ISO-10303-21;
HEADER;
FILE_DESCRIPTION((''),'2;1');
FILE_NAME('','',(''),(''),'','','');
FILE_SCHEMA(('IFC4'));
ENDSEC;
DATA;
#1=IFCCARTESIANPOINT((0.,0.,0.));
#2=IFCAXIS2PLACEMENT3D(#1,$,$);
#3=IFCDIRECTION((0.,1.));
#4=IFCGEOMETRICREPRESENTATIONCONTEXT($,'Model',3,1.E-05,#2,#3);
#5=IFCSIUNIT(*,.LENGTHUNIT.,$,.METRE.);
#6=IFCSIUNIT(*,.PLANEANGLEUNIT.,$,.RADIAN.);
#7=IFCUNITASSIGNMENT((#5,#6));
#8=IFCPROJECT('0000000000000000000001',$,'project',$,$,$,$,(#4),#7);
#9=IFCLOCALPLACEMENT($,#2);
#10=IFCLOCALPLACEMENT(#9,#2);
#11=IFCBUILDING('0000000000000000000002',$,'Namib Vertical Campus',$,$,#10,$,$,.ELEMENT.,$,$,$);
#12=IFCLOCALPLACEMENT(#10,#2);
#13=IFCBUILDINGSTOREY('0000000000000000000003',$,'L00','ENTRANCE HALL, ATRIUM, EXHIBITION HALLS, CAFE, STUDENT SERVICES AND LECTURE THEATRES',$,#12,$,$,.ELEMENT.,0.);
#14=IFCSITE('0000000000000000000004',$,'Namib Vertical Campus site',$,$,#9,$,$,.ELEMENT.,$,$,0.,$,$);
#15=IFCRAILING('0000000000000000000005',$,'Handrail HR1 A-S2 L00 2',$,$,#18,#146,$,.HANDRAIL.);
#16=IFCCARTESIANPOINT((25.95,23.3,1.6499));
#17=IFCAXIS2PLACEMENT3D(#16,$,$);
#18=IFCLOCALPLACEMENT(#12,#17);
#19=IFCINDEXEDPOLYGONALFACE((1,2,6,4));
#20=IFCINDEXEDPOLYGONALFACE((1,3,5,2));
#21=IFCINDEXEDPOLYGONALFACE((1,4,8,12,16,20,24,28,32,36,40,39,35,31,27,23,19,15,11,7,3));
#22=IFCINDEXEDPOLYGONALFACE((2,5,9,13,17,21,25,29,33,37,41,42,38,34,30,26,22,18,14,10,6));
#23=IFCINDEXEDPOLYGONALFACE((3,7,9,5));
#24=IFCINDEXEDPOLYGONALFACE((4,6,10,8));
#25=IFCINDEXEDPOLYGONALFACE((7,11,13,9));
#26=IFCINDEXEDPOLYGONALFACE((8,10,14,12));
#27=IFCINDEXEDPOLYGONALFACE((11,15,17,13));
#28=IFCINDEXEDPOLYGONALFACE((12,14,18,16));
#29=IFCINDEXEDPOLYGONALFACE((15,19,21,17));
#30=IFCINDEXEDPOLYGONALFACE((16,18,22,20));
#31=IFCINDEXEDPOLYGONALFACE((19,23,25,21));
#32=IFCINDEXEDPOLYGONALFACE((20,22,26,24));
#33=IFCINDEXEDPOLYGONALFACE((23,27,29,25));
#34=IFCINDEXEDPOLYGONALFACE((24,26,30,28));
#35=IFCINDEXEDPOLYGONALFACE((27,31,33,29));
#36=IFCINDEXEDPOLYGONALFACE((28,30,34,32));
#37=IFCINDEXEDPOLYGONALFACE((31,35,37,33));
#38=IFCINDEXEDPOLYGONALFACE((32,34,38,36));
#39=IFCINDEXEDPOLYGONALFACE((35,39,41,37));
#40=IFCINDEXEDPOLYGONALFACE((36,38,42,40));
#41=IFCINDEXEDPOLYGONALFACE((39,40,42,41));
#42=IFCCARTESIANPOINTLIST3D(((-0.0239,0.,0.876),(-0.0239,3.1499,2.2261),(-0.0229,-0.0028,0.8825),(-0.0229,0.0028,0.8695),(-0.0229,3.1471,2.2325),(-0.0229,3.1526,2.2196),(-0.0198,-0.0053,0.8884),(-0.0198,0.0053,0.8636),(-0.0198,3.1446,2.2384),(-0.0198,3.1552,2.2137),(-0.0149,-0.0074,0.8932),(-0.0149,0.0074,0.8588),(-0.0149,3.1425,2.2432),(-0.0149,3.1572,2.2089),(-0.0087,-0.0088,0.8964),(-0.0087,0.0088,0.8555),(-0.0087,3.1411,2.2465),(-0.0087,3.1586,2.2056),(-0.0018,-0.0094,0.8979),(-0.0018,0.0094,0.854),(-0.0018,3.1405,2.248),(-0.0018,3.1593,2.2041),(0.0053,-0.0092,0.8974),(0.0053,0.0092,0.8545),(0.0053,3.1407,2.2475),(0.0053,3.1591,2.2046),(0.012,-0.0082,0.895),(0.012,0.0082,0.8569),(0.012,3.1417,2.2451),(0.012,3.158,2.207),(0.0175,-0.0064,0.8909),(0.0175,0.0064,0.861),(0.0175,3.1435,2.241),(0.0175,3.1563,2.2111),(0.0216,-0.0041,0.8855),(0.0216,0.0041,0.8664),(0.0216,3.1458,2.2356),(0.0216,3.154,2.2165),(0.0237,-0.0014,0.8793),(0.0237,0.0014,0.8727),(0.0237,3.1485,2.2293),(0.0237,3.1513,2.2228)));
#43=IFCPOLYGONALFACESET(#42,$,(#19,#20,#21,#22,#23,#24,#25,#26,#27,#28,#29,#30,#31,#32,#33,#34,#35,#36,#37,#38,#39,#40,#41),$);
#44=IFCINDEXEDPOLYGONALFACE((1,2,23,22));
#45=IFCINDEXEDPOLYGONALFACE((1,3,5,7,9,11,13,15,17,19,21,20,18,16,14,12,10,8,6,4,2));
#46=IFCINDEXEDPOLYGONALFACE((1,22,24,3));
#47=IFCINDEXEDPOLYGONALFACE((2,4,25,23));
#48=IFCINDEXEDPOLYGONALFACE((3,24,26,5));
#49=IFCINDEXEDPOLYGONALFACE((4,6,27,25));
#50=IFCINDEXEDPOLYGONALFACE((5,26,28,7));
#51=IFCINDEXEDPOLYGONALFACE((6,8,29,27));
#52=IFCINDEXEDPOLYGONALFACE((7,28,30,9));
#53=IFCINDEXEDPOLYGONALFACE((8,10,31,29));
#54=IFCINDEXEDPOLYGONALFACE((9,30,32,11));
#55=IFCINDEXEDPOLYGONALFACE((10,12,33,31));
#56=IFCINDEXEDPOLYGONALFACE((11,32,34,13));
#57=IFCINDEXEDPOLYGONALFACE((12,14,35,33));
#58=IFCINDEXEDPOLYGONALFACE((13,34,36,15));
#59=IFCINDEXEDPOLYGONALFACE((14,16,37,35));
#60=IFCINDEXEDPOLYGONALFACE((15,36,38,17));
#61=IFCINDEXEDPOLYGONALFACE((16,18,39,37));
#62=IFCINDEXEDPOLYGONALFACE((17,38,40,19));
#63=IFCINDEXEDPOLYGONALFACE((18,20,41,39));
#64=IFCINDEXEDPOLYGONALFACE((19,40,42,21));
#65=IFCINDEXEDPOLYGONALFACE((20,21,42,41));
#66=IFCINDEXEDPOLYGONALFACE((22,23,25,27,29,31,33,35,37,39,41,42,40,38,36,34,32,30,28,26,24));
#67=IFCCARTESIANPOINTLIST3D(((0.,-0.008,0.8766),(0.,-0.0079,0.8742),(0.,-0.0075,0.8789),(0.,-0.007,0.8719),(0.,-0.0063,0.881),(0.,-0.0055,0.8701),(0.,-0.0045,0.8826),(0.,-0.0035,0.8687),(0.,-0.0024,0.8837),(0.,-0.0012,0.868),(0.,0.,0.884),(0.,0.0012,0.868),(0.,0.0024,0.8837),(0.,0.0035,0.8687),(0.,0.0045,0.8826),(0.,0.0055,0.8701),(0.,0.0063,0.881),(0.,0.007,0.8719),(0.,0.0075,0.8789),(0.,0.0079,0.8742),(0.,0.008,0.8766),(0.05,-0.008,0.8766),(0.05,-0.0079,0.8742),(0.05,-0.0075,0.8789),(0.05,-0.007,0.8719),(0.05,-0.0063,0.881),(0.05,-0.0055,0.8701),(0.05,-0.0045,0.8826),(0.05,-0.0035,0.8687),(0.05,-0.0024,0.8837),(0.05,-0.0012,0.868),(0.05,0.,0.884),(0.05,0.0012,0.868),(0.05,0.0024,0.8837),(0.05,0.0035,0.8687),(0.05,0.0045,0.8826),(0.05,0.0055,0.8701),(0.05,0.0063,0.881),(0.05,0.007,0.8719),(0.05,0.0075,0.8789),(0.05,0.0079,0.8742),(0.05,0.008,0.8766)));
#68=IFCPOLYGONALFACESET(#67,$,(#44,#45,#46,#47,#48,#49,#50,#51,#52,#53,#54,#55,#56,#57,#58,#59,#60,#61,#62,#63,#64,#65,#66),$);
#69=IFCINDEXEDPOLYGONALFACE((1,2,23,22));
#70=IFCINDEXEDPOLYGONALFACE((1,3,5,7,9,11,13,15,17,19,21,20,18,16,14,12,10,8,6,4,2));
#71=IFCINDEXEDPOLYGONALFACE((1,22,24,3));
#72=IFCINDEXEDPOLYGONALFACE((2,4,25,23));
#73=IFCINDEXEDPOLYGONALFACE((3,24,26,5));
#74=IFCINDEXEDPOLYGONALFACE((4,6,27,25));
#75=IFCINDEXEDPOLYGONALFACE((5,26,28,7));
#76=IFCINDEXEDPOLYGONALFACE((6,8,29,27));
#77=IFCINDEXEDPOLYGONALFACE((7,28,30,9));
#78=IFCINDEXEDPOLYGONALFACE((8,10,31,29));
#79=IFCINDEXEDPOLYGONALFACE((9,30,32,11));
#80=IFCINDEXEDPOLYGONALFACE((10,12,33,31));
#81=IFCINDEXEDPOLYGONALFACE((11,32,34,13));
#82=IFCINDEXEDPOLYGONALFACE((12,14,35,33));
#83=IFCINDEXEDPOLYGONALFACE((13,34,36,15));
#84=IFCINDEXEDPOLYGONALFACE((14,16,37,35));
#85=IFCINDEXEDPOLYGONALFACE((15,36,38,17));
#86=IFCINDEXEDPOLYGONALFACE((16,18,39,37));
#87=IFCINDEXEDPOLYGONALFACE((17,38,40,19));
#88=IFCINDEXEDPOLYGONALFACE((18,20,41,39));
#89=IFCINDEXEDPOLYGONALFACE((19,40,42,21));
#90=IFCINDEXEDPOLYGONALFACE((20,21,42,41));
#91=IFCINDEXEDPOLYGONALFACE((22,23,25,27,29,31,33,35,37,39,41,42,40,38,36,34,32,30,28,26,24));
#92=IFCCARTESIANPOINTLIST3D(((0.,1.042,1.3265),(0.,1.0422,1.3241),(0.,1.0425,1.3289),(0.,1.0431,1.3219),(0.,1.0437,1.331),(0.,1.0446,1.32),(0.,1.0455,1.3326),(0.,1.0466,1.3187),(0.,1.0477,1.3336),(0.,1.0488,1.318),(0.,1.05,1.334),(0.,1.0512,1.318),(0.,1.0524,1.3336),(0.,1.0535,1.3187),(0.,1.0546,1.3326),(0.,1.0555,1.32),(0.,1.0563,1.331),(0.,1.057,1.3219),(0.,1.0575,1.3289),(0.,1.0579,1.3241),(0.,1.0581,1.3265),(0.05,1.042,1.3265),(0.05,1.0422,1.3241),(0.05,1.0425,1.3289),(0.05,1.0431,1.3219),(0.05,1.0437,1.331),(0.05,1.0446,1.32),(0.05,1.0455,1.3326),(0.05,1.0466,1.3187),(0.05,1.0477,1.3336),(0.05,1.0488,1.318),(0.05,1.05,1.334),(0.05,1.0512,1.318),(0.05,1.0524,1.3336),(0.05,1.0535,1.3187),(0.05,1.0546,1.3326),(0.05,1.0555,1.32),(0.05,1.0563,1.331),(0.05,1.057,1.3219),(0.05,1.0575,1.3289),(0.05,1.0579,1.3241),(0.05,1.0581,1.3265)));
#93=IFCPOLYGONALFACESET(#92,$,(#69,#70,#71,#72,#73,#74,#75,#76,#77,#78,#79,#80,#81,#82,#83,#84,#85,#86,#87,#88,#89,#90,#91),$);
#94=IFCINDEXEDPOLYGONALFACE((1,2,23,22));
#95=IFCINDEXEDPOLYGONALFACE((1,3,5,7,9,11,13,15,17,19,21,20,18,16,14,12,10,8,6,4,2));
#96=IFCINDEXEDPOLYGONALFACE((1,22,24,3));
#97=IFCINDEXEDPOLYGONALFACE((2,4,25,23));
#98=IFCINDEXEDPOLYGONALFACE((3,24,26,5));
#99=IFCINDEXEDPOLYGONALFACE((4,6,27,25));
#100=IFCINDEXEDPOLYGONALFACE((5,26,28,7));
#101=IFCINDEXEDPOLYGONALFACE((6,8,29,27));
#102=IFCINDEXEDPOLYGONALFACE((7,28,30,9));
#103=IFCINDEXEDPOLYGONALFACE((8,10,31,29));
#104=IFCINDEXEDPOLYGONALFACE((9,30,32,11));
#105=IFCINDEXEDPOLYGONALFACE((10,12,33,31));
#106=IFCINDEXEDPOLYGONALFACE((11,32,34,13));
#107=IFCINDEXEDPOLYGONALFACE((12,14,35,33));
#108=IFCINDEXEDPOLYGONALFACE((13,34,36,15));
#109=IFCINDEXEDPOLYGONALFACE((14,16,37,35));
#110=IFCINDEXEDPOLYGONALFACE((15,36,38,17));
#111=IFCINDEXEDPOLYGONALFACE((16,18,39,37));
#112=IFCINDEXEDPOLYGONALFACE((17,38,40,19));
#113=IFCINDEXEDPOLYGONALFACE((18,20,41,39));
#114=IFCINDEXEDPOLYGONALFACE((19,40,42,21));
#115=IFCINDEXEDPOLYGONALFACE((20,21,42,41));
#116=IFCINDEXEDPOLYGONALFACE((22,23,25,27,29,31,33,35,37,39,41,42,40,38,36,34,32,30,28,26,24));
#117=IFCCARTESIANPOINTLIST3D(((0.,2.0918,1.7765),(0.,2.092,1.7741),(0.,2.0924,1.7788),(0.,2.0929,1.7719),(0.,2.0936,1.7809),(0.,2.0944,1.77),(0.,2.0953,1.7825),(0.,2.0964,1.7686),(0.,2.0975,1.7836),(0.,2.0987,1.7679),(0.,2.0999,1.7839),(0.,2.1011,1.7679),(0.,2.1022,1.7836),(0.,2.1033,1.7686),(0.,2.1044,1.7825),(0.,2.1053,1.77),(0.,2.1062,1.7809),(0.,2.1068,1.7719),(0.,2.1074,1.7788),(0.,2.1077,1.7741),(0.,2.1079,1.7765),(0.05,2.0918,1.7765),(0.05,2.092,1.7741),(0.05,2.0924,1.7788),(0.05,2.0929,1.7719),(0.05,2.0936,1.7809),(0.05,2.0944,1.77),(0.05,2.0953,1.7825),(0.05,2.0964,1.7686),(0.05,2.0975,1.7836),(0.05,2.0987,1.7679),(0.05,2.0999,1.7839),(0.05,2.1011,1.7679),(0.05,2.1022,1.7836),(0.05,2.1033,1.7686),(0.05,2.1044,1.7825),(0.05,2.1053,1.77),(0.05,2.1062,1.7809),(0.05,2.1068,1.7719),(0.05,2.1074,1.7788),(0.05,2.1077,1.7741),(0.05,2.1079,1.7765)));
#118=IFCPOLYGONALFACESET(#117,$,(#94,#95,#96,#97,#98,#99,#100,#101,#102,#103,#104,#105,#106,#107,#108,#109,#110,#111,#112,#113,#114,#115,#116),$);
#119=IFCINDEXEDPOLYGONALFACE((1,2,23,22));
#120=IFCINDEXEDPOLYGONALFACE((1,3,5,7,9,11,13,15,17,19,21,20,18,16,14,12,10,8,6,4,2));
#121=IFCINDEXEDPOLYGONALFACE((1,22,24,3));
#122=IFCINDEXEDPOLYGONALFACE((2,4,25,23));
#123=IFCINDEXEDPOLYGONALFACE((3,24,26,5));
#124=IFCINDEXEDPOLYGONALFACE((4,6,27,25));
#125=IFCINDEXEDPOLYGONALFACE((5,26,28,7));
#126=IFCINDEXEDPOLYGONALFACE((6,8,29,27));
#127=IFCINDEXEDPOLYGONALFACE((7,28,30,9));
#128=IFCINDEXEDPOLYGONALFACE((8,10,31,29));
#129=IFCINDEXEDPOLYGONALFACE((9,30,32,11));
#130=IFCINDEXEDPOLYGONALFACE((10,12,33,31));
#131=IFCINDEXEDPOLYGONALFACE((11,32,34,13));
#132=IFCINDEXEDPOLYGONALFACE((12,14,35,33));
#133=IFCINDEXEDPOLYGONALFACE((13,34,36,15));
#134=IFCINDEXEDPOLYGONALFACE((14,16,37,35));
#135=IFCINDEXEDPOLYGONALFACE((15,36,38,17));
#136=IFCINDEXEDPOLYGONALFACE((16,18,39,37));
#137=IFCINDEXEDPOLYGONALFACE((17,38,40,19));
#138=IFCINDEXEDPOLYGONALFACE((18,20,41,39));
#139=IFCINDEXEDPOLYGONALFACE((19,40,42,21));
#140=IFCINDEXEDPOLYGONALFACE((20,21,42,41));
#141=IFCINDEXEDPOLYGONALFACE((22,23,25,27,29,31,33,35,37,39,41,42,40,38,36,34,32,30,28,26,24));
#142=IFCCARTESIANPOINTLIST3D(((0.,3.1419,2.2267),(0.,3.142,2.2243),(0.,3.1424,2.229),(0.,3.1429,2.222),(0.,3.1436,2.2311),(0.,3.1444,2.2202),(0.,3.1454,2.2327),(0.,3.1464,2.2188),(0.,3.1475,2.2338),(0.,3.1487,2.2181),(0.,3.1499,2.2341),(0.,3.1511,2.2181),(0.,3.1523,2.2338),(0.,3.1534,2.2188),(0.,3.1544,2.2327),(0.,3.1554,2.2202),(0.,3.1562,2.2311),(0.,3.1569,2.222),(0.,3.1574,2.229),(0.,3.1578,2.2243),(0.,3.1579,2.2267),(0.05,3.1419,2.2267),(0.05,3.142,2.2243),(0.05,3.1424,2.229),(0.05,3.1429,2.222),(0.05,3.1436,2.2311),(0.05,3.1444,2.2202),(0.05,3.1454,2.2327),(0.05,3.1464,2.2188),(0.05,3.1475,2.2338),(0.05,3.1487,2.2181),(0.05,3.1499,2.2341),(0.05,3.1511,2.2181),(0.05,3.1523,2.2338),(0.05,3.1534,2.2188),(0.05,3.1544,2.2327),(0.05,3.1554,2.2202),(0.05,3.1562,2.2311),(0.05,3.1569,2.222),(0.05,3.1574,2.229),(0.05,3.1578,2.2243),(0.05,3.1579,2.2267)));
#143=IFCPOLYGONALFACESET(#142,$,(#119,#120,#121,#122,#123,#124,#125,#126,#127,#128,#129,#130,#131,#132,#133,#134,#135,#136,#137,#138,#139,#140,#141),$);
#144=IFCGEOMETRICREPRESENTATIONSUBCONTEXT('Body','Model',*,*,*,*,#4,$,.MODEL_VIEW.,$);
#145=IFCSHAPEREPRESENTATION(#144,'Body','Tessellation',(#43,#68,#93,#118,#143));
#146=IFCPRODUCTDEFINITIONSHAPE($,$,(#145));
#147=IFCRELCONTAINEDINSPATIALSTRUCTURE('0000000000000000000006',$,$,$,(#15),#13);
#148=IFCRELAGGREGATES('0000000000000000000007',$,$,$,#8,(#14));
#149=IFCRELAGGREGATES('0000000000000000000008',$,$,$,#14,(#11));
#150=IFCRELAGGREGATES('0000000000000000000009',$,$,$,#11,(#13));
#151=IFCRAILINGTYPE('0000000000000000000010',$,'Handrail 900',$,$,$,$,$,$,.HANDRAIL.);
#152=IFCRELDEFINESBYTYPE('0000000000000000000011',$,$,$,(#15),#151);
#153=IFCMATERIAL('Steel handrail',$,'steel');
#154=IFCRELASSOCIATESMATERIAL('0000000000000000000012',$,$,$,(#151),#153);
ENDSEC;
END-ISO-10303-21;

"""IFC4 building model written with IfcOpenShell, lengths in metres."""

from ifc_helpers import new_model, si_unit, direction, frame, origin, origin_2d, place, context, subcontext, project, spatial, circle, extrude, material, type_object, element, save


model = new_model("IFC4")

# Units and contexts
model_context = context("Model", 3, precision=1e-05, world=origin(), true_north=direction((0.0, 1.0)))
body_context = subcontext(model_context, "Body", "Model", "MODEL_VIEW")
ifc_project = project(units=[si_unit("LENGTHUNIT", "METRE"), si_unit("PLANEANGLEUNIT", "RADIAN")], contexts=[model_context])

# Site, building, storey
site_placement = place(None, origin())
site = spatial("IfcSite", under=ifc_project, at=site_placement, Name="Namib Vertical Campus site", CompositionType="ELEMENT", RefElevation=0.0)
building_placement = place(site_placement, origin())
building = spatial("IfcBuilding", under=site, at=building_placement, Name="Namib Vertical Campus", CompositionType="ELEMENT")
storey_placement = place(building_placement, origin())
storey = spatial("IfcBuildingStorey", under=building, at=storey_placement, Name="L00", Description="ENTRANCE HALL, ATRIUM, EXHIBITION HALLS, CAFE, STUDENT SERVICES AND LECTURE THEATRES", CompositionType="ELEMENT", Elevation=0.0)

# Railing
ifc_material_1 = material(Name="Steel handrail", Category="steel")
railing_type_1 = type_object("IfcRailingType", Name="Handrail 900", PredefinedType="HANDRAIL", material=ifc_material_1)
railing_1_placement = place(storey_placement, frame((25.95, 23.3, 1.6499)))
element("IfcRailing", 1, at=railing_1_placement, inside=storey, type_object=railing_type_1, Name="Handrail HR1 A-S2 L00 2", PredefinedType="HANDRAIL", context=body_context, shape_type="SweptSolid", body=[
    extrude(circle(Radius=0.0239, at=origin_2d()), frame((0.0, 0.0, 0.876), z_axis=(0.0, 0.91913, 0.393954), x_axis=(-1.0, 0.0, 0.0)), (0.0, 0.0, 1.0), 3.427),
    extrude(circle(Radius=0.0081, at=origin_2d()), frame((0.0, 0.0, 0.876), z_axis=(1.0, 0.0, 0.0), x_axis=(0.0, 0.0, 1.0)), (0.0, 0.0, 1.0), 0.05),
    extrude(circle(Radius=0.0081, at=origin_2d()), frame((0.0, 1.05, 1.3259), z_axis=(1.0, 0.0, 0.0), x_axis=(0.0, 0.0, 1.0)), (0.0, 0.0, 1.0), 0.05),
    extrude(circle(Radius=0.0081, at=origin_2d()), frame((0.0, 2.0999, 1.7759), z_axis=(1.0, 0.0, 0.0), x_axis=(0.0, 0.0, 1.0)), (0.0, 0.0, 1.0), 0.05),
    extrude(circle(Radius=0.0081, at=origin_2d()), frame((0.0, 3.1499, 2.2261), z_axis=(1.0, 0.0, 0.0), x_axis=(0.0, 0.0, 1.0)), (0.0, 0.0, 1.0), 0.05),
])

save(model, "model.ifc")
